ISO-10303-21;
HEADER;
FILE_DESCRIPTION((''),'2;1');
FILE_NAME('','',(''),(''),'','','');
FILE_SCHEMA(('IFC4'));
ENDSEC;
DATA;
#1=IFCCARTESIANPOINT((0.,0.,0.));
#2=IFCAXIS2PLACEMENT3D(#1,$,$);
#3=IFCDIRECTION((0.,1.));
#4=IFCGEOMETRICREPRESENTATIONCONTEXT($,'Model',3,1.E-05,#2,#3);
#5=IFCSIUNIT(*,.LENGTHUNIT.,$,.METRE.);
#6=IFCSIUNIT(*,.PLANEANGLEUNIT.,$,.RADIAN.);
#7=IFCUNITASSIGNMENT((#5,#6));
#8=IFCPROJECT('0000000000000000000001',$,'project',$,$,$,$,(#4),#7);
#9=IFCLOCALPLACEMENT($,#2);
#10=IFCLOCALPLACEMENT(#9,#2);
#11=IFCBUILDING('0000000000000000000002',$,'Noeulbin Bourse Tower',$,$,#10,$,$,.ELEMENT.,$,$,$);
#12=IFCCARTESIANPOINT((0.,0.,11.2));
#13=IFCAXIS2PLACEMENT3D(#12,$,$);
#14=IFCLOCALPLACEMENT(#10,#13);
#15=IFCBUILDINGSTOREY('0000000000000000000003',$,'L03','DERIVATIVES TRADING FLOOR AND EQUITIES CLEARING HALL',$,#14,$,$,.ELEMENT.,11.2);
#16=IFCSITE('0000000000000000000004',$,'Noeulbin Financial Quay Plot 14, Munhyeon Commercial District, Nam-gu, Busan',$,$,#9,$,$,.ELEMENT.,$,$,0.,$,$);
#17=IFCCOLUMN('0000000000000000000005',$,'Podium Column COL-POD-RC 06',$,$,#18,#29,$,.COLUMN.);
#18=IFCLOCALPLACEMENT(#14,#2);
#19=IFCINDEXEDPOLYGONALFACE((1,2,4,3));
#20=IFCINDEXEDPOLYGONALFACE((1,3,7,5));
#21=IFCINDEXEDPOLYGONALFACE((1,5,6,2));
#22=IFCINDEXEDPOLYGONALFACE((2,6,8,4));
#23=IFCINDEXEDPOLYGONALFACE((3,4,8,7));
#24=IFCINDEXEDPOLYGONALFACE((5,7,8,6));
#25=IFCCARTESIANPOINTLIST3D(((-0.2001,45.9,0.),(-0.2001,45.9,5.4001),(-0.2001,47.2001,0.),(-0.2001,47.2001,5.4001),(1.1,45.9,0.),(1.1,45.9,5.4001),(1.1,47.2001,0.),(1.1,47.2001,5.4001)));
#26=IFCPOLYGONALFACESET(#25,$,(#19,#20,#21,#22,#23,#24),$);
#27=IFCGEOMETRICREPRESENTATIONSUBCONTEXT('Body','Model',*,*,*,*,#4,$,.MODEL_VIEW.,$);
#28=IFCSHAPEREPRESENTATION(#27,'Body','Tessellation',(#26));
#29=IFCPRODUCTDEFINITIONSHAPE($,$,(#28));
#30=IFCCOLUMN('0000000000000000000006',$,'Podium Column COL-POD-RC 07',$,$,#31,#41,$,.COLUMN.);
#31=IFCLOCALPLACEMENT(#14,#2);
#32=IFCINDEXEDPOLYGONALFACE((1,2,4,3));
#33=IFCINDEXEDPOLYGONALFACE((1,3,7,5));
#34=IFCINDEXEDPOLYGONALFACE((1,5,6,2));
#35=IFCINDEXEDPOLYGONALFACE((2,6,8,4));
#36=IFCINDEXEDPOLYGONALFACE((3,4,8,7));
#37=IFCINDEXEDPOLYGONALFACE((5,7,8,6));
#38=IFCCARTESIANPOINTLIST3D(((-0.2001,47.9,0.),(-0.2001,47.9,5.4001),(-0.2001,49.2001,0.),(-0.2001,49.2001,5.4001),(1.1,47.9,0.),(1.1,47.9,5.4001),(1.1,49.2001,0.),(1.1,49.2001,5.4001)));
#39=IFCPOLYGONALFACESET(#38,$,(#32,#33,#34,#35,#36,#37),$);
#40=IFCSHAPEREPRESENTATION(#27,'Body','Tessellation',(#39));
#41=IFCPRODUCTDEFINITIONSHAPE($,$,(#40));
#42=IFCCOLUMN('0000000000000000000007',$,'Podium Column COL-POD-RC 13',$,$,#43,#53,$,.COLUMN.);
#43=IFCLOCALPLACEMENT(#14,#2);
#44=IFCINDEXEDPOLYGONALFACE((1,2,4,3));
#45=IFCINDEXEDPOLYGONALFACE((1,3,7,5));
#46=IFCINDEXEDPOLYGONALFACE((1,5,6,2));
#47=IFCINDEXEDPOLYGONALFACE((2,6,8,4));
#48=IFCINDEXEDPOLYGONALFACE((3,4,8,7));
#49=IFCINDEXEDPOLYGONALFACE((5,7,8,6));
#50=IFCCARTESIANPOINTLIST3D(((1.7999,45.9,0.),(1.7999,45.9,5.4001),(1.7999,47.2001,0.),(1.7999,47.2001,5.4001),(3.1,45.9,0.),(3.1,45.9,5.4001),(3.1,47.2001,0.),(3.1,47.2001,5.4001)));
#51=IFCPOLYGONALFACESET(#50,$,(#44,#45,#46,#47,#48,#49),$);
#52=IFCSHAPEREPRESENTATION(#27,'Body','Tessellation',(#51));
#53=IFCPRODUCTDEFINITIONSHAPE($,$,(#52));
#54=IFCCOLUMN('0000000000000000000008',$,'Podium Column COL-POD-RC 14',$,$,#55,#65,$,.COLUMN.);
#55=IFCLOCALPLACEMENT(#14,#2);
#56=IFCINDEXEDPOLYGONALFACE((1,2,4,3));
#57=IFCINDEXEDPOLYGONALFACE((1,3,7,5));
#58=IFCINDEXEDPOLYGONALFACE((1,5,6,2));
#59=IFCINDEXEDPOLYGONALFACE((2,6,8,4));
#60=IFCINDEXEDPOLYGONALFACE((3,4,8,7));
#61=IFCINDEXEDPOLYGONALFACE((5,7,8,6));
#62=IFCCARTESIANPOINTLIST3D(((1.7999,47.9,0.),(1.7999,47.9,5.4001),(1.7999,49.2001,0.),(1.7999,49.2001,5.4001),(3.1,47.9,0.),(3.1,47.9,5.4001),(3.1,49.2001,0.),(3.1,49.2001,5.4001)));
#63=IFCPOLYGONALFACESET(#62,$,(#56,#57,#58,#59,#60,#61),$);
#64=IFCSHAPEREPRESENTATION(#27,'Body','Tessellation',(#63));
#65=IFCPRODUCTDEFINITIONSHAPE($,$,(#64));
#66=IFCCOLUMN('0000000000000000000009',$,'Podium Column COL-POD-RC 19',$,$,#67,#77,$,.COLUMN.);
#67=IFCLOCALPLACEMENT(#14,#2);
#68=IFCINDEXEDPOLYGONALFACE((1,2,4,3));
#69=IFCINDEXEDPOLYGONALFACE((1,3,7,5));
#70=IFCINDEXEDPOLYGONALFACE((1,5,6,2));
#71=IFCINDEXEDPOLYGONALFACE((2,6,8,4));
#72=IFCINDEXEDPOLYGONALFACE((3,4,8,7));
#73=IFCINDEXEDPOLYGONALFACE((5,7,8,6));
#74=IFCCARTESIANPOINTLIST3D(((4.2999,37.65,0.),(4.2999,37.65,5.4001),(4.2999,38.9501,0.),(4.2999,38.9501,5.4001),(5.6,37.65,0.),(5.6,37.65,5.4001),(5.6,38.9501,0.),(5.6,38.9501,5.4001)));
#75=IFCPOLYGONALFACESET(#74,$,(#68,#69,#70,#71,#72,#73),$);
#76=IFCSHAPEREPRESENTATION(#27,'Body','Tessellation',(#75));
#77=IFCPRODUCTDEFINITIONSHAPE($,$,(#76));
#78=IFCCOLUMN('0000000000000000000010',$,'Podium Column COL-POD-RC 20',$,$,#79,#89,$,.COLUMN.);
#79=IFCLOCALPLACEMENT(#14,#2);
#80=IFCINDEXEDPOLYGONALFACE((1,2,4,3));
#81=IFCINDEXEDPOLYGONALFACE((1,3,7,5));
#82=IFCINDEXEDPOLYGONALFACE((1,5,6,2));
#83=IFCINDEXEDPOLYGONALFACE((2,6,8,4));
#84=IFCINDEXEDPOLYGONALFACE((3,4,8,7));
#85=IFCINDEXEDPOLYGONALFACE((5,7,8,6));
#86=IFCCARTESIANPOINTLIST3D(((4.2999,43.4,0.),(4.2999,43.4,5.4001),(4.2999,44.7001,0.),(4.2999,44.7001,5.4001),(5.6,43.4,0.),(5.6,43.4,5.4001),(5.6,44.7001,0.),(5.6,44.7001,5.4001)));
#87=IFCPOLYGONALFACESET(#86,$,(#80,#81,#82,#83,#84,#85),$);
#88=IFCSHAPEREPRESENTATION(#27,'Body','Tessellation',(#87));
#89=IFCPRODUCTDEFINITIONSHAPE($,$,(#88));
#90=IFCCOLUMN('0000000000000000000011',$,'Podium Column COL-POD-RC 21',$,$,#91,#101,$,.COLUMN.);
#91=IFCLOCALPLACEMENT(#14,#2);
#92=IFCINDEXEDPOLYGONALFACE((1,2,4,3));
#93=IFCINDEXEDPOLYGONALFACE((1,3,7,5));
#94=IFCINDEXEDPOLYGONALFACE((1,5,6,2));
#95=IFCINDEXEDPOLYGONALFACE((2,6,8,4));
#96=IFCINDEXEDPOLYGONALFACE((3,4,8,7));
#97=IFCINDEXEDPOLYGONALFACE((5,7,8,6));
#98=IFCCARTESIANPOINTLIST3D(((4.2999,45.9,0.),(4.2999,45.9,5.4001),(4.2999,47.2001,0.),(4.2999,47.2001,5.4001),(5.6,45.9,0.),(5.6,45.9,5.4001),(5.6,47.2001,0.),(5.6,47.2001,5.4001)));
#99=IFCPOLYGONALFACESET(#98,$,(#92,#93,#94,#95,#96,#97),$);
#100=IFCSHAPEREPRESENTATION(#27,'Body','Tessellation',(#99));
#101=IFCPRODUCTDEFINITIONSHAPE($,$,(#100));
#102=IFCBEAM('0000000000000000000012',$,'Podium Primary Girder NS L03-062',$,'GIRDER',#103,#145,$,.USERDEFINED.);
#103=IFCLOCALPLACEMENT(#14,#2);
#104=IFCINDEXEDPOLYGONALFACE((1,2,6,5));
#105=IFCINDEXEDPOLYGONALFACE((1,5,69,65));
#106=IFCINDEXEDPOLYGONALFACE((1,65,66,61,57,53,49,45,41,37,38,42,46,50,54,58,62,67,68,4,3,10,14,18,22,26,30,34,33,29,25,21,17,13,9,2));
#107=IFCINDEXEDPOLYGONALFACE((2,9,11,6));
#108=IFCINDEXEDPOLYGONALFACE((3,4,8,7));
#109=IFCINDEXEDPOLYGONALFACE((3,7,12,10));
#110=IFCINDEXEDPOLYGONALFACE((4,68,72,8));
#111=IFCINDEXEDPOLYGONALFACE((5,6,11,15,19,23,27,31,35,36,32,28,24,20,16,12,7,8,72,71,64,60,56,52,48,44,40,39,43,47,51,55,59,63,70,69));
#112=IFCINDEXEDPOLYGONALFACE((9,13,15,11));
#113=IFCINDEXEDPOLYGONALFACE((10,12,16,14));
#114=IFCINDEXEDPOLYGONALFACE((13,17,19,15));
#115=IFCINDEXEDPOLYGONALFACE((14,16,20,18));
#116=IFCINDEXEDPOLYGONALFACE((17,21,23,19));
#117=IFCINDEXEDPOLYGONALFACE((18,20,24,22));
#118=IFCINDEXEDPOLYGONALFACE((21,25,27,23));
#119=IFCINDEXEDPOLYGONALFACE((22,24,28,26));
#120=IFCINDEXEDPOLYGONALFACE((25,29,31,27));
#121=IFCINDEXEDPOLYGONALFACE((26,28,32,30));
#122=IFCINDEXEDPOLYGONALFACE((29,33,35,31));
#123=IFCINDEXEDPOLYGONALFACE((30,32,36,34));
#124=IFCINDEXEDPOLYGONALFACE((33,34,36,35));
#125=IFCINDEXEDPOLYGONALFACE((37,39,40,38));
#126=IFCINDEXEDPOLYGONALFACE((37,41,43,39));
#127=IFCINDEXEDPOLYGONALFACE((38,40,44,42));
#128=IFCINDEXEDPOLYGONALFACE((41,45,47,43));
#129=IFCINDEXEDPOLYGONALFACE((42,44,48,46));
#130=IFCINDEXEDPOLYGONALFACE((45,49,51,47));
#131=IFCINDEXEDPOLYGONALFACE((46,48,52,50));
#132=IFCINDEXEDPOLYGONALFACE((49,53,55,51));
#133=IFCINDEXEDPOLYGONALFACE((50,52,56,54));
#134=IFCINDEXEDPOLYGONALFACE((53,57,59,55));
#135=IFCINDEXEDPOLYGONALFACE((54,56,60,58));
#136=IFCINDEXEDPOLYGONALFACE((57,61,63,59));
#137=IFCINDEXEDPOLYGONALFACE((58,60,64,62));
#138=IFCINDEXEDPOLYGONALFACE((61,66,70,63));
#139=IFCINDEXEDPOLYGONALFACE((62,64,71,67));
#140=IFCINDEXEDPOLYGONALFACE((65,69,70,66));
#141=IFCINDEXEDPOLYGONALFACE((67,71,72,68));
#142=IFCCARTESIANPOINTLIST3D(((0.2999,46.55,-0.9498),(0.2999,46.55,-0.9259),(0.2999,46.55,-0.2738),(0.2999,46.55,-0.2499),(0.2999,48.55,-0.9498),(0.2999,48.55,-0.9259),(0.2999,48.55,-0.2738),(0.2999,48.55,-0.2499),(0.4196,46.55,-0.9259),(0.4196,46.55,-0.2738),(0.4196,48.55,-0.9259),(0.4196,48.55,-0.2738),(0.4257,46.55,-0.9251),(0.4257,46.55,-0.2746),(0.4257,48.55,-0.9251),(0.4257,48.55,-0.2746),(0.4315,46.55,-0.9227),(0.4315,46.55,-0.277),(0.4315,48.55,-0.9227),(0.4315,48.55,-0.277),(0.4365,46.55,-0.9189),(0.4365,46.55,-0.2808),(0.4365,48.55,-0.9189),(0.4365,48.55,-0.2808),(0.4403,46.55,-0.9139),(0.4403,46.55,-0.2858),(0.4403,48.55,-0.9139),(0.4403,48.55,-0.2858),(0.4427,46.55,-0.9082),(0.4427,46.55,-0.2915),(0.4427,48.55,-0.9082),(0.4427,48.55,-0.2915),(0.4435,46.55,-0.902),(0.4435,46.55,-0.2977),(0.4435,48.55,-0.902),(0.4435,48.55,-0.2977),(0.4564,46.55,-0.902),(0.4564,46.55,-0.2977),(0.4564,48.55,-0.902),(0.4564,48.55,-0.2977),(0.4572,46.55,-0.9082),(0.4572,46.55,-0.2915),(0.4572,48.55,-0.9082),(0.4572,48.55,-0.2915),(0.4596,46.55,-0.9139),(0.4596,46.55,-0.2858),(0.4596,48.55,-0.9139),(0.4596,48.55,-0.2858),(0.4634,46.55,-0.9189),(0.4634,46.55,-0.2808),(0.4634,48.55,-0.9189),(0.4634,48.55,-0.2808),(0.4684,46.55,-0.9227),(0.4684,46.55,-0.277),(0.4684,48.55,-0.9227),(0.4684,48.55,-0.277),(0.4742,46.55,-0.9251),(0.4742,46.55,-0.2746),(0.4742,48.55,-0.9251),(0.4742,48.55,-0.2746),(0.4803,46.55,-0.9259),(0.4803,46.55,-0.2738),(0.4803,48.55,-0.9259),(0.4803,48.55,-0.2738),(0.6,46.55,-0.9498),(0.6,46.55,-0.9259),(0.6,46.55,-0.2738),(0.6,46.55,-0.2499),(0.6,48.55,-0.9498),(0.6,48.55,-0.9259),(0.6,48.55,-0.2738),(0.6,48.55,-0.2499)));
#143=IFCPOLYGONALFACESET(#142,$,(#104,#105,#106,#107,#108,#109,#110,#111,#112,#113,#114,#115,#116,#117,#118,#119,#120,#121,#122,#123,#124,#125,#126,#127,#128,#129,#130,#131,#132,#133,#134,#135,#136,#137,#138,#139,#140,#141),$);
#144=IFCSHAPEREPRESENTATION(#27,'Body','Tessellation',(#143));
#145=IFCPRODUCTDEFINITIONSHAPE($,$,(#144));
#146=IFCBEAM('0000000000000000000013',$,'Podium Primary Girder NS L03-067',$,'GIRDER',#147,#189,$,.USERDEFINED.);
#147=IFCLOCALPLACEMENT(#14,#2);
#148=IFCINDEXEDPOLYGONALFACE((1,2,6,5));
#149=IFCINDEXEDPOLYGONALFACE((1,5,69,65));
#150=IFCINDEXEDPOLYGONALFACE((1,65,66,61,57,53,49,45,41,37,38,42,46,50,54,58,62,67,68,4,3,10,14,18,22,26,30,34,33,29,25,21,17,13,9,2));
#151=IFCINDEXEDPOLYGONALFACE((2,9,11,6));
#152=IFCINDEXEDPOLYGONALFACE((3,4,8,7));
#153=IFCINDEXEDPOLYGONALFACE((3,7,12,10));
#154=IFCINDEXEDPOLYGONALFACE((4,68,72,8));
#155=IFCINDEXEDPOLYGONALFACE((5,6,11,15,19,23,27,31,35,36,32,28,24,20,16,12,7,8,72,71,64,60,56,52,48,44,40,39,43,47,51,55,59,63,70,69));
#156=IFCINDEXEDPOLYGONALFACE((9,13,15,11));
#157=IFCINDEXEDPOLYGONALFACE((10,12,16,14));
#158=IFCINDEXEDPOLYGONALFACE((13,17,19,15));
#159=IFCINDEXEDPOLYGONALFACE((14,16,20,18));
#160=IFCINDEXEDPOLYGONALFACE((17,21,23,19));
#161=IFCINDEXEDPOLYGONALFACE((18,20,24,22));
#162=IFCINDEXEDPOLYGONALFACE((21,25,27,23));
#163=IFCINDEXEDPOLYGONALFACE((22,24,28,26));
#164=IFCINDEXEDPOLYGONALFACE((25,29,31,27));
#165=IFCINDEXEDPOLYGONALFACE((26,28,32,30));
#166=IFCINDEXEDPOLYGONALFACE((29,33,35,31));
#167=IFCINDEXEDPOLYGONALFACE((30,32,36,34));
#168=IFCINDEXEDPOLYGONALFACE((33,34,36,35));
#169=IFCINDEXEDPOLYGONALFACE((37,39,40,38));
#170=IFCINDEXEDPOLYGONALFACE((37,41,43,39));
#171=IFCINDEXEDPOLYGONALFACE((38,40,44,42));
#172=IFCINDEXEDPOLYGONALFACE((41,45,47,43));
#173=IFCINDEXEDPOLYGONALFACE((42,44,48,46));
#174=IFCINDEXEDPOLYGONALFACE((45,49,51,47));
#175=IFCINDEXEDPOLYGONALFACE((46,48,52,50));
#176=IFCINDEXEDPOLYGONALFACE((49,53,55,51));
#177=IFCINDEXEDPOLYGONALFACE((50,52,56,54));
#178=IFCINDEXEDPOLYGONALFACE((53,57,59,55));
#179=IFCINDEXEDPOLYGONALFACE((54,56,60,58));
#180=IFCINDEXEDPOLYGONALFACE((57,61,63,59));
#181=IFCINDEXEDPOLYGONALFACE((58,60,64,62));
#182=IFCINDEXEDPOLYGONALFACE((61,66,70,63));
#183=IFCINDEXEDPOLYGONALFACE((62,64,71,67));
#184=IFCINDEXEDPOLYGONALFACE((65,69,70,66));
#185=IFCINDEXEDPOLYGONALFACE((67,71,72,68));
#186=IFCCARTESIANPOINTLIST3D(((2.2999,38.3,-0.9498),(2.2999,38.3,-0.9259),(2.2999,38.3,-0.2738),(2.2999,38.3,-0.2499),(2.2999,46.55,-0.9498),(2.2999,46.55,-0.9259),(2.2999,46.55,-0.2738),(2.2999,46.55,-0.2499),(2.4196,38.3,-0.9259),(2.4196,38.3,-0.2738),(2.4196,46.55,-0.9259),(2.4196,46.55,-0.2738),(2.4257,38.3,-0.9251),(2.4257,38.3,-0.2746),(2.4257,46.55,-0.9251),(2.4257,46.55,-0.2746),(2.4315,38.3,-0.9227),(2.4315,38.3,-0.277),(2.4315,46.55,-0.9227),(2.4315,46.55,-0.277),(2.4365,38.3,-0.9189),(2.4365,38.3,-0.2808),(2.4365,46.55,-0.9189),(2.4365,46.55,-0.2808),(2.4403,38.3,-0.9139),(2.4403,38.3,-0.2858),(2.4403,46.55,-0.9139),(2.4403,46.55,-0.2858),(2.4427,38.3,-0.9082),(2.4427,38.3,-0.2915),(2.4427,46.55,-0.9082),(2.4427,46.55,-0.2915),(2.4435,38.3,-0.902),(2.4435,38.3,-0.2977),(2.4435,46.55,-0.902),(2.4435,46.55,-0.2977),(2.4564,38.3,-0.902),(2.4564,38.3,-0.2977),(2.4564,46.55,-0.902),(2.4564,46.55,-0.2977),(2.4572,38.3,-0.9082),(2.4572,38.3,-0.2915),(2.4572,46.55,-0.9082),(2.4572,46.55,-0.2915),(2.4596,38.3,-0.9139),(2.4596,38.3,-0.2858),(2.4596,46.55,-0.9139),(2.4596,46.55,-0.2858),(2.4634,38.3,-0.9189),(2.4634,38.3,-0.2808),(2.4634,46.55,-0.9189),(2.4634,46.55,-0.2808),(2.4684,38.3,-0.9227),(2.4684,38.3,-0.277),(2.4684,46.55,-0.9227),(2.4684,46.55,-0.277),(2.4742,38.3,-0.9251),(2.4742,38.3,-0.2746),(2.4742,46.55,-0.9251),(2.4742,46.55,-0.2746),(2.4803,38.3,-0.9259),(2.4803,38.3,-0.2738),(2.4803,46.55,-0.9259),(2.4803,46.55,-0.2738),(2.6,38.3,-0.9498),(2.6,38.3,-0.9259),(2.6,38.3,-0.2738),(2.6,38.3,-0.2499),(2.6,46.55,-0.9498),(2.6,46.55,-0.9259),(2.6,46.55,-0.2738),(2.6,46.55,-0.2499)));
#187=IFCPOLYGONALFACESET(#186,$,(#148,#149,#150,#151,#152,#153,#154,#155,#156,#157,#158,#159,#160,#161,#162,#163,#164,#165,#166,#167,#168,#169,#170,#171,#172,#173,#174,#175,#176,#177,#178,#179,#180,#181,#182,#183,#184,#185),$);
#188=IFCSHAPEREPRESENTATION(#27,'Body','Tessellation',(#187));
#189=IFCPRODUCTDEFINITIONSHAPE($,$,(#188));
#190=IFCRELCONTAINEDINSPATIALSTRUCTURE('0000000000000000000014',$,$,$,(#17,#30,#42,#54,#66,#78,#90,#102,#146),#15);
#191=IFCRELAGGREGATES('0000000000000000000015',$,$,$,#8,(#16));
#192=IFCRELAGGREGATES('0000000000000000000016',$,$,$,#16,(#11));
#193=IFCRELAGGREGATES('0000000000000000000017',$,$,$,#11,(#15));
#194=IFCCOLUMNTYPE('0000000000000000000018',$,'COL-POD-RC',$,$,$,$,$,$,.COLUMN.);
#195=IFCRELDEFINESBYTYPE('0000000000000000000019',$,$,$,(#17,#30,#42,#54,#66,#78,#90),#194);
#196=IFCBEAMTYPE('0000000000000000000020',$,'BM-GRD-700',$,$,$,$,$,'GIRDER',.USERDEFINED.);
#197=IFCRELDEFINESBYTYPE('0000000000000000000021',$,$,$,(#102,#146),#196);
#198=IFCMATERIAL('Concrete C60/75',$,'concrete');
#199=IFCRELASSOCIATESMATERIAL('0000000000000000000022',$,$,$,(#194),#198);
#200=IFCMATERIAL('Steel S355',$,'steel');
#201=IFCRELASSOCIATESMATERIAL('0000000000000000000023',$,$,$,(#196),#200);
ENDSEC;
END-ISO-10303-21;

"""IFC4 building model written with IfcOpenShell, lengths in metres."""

from ifc_helpers import new_model, si_unit, direction, frame, origin, origin_2d, place, context, subcontext, project, spatial, rectangle, i_section, extrude, material, material_profile, profile_set, type_object, element, save


model = new_model("IFC4")

# Units and contexts
model_context = context("Model", 3, precision=1e-05, world=origin(), true_north=direction((0.0, 1.0)))
body_context = subcontext(model_context, "Body", "Model", "MODEL_VIEW")
ifc_project = project(units=[si_unit("LENGTHUNIT", "METRE"), si_unit("PLANEANGLEUNIT", "RADIAN")], contexts=[model_context])

# Site, building, storey
site_placement = place(None, origin())
site = spatial("IfcSite", under=ifc_project, at=site_placement, Name="Noeulbin Financial Quay Plot 14, Munhyeon Commercial District, Nam-gu, Busan", CompositionType="ELEMENT", RefElevation=0.0)
building_placement = place(site_placement, origin())
building = spatial("IfcBuilding", under=site, at=building_placement, Name="Noeulbin Bourse Tower", CompositionType="ELEMENT")
storey_placement = place(building_placement, frame((0.0, 0.0, 11.2)))
storey = spatial("IfcBuildingStorey", under=building, at=storey_placement, Name="L03", Description="DERIVATIVES TRADING FLOOR AND EQUITIES CLEARING HALL", CompositionType="ELEMENT", Elevation=11.2)

# Columns
ifc_material_1 = material(Name="Concrete C60/75", Category="concrete")
ifc_material_profile_1 = material_profile(ifc_material_1, rectangle(XDim=1.3, YDim=1.3, at=origin_2d()), Name="RC-COL-1300x1300", Category="LoadBearing")
ifc_profile_set_1 = profile_set([ifc_material_profile_1], Name="Concrete C60/75")
column_type = type_object("IfcColumnType", Name="COL-POD-RC", PredefinedType="COLUMN", material=ifc_profile_set_1)
for number, where, z_axis, x_axis, name in (
    (1, (0.45, 46.55, 0.0), (0.0, 0.0, 1.0), (1.0, 0.0, 0.0), "Podium Column COL-POD-RC 06"),
    (2, (0.45, 48.55, 0.0), (0.0, 0.0, 1.0), (1.0, 0.0, 0.0), "Podium Column COL-POD-RC 07"),
    (3, (2.45, 46.55, 0.0), (0.0, 0.0, 1.0), (1.0, 0.0, 0.0), "Podium Column COL-POD-RC 13"),
    (4, (2.45, 48.55, 0.0), (0.0, 0.0, 1.0), (1.0, 0.0, 0.0), "Podium Column COL-POD-RC 14"),
    (5, (4.95, 38.3, 0.0), (0.0, 0.0, 1.0), (1.0, 0.0, 0.0), "Podium Column COL-POD-RC 19"),
    (6, (4.95, 44.05, 0.0), (0.0, 0.0, 1.0), (1.0, 0.0, 0.0), "Podium Column COL-POD-RC 20"),
    (7, (4.95, 46.55, 0.0), (0.0, 0.0, 1.0), (1.0, 0.0, 0.0), "Podium Column COL-POD-RC 21"),
):
    element("IfcColumn", number, at=place(storey_placement, frame(where, z_axis=z_axis, x_axis=x_axis)), inside=storey, type_object=column_type, Name=name, PredefinedType="COLUMN", context=body_context, shape_type="SweptSolid", body=[
        extrude(rectangle(XDim=1.3, YDim=1.3, at=origin_2d()), origin(), (0.0, 0.0, 1.0), 5.4001),
    ])

# Beams
ifc_material_2 = material(Name="Steel S355", Category="steel")
ifc_material_profile_2 = material_profile(ifc_material_2, i_section(OverallWidth=0.3, OverallDepth=0.7, WebThickness=0.0129, FlangeThickness=0.0239, FilletRadius=0.0239, at=origin_2d()), Name="H-700x300x13x24", Category="LoadBearing")
ifc_profile_set_2 = profile_set([ifc_material_profile_2], Name="Steel S355")
beam_type_1 = type_object("IfcBeamType", Name="BM-GRD-700", ElementType="GIRDER", PredefinedType="USERDEFINED", material=ifc_profile_set_2)
beam_1_placement = place(storey_placement, frame((0.45, 46.55, -0.5999), z_axis=(0.0, 1.0, 0.0), x_axis=(-1.0, 0.0, 0.0)))
element("IfcBeam", 8, at=beam_1_placement, inside=storey, type_object=beam_type_1, Name="Podium Primary Girder NS L03-062", ObjectType="GIRDER", PredefinedType="USERDEFINED", context=body_context, shape_type="SweptSolid", body=[
    extrude(i_section(OverallWidth=0.3, OverallDepth=0.7, WebThickness=0.0129, FlangeThickness=0.0239, FilletRadius=0.0239, at=origin_2d()), origin(), (0.0, 0.0, 1.0), 2.0),
])
beam_2_placement = place(storey_placement, frame((2.45, 38.3, -0.5999), z_axis=(0.0, 1.0, 0.0), x_axis=(-1.0, 0.0, 0.0)))
element("IfcBeam", 9, at=beam_2_placement, inside=storey, type_object=beam_type_1, Name="Podium Primary Girder NS L03-067", ObjectType="GIRDER", PredefinedType="USERDEFINED", context=body_context, shape_type="SweptSolid", body=[
    extrude(i_section(OverallWidth=0.3, OverallDepth=0.7, WebThickness=0.0129, FlangeThickness=0.0239, FilletRadius=0.0239, at=origin_2d()), origin(), (0.0, 0.0, 1.0), 8.25),
])

save(model, "model.ifc")
